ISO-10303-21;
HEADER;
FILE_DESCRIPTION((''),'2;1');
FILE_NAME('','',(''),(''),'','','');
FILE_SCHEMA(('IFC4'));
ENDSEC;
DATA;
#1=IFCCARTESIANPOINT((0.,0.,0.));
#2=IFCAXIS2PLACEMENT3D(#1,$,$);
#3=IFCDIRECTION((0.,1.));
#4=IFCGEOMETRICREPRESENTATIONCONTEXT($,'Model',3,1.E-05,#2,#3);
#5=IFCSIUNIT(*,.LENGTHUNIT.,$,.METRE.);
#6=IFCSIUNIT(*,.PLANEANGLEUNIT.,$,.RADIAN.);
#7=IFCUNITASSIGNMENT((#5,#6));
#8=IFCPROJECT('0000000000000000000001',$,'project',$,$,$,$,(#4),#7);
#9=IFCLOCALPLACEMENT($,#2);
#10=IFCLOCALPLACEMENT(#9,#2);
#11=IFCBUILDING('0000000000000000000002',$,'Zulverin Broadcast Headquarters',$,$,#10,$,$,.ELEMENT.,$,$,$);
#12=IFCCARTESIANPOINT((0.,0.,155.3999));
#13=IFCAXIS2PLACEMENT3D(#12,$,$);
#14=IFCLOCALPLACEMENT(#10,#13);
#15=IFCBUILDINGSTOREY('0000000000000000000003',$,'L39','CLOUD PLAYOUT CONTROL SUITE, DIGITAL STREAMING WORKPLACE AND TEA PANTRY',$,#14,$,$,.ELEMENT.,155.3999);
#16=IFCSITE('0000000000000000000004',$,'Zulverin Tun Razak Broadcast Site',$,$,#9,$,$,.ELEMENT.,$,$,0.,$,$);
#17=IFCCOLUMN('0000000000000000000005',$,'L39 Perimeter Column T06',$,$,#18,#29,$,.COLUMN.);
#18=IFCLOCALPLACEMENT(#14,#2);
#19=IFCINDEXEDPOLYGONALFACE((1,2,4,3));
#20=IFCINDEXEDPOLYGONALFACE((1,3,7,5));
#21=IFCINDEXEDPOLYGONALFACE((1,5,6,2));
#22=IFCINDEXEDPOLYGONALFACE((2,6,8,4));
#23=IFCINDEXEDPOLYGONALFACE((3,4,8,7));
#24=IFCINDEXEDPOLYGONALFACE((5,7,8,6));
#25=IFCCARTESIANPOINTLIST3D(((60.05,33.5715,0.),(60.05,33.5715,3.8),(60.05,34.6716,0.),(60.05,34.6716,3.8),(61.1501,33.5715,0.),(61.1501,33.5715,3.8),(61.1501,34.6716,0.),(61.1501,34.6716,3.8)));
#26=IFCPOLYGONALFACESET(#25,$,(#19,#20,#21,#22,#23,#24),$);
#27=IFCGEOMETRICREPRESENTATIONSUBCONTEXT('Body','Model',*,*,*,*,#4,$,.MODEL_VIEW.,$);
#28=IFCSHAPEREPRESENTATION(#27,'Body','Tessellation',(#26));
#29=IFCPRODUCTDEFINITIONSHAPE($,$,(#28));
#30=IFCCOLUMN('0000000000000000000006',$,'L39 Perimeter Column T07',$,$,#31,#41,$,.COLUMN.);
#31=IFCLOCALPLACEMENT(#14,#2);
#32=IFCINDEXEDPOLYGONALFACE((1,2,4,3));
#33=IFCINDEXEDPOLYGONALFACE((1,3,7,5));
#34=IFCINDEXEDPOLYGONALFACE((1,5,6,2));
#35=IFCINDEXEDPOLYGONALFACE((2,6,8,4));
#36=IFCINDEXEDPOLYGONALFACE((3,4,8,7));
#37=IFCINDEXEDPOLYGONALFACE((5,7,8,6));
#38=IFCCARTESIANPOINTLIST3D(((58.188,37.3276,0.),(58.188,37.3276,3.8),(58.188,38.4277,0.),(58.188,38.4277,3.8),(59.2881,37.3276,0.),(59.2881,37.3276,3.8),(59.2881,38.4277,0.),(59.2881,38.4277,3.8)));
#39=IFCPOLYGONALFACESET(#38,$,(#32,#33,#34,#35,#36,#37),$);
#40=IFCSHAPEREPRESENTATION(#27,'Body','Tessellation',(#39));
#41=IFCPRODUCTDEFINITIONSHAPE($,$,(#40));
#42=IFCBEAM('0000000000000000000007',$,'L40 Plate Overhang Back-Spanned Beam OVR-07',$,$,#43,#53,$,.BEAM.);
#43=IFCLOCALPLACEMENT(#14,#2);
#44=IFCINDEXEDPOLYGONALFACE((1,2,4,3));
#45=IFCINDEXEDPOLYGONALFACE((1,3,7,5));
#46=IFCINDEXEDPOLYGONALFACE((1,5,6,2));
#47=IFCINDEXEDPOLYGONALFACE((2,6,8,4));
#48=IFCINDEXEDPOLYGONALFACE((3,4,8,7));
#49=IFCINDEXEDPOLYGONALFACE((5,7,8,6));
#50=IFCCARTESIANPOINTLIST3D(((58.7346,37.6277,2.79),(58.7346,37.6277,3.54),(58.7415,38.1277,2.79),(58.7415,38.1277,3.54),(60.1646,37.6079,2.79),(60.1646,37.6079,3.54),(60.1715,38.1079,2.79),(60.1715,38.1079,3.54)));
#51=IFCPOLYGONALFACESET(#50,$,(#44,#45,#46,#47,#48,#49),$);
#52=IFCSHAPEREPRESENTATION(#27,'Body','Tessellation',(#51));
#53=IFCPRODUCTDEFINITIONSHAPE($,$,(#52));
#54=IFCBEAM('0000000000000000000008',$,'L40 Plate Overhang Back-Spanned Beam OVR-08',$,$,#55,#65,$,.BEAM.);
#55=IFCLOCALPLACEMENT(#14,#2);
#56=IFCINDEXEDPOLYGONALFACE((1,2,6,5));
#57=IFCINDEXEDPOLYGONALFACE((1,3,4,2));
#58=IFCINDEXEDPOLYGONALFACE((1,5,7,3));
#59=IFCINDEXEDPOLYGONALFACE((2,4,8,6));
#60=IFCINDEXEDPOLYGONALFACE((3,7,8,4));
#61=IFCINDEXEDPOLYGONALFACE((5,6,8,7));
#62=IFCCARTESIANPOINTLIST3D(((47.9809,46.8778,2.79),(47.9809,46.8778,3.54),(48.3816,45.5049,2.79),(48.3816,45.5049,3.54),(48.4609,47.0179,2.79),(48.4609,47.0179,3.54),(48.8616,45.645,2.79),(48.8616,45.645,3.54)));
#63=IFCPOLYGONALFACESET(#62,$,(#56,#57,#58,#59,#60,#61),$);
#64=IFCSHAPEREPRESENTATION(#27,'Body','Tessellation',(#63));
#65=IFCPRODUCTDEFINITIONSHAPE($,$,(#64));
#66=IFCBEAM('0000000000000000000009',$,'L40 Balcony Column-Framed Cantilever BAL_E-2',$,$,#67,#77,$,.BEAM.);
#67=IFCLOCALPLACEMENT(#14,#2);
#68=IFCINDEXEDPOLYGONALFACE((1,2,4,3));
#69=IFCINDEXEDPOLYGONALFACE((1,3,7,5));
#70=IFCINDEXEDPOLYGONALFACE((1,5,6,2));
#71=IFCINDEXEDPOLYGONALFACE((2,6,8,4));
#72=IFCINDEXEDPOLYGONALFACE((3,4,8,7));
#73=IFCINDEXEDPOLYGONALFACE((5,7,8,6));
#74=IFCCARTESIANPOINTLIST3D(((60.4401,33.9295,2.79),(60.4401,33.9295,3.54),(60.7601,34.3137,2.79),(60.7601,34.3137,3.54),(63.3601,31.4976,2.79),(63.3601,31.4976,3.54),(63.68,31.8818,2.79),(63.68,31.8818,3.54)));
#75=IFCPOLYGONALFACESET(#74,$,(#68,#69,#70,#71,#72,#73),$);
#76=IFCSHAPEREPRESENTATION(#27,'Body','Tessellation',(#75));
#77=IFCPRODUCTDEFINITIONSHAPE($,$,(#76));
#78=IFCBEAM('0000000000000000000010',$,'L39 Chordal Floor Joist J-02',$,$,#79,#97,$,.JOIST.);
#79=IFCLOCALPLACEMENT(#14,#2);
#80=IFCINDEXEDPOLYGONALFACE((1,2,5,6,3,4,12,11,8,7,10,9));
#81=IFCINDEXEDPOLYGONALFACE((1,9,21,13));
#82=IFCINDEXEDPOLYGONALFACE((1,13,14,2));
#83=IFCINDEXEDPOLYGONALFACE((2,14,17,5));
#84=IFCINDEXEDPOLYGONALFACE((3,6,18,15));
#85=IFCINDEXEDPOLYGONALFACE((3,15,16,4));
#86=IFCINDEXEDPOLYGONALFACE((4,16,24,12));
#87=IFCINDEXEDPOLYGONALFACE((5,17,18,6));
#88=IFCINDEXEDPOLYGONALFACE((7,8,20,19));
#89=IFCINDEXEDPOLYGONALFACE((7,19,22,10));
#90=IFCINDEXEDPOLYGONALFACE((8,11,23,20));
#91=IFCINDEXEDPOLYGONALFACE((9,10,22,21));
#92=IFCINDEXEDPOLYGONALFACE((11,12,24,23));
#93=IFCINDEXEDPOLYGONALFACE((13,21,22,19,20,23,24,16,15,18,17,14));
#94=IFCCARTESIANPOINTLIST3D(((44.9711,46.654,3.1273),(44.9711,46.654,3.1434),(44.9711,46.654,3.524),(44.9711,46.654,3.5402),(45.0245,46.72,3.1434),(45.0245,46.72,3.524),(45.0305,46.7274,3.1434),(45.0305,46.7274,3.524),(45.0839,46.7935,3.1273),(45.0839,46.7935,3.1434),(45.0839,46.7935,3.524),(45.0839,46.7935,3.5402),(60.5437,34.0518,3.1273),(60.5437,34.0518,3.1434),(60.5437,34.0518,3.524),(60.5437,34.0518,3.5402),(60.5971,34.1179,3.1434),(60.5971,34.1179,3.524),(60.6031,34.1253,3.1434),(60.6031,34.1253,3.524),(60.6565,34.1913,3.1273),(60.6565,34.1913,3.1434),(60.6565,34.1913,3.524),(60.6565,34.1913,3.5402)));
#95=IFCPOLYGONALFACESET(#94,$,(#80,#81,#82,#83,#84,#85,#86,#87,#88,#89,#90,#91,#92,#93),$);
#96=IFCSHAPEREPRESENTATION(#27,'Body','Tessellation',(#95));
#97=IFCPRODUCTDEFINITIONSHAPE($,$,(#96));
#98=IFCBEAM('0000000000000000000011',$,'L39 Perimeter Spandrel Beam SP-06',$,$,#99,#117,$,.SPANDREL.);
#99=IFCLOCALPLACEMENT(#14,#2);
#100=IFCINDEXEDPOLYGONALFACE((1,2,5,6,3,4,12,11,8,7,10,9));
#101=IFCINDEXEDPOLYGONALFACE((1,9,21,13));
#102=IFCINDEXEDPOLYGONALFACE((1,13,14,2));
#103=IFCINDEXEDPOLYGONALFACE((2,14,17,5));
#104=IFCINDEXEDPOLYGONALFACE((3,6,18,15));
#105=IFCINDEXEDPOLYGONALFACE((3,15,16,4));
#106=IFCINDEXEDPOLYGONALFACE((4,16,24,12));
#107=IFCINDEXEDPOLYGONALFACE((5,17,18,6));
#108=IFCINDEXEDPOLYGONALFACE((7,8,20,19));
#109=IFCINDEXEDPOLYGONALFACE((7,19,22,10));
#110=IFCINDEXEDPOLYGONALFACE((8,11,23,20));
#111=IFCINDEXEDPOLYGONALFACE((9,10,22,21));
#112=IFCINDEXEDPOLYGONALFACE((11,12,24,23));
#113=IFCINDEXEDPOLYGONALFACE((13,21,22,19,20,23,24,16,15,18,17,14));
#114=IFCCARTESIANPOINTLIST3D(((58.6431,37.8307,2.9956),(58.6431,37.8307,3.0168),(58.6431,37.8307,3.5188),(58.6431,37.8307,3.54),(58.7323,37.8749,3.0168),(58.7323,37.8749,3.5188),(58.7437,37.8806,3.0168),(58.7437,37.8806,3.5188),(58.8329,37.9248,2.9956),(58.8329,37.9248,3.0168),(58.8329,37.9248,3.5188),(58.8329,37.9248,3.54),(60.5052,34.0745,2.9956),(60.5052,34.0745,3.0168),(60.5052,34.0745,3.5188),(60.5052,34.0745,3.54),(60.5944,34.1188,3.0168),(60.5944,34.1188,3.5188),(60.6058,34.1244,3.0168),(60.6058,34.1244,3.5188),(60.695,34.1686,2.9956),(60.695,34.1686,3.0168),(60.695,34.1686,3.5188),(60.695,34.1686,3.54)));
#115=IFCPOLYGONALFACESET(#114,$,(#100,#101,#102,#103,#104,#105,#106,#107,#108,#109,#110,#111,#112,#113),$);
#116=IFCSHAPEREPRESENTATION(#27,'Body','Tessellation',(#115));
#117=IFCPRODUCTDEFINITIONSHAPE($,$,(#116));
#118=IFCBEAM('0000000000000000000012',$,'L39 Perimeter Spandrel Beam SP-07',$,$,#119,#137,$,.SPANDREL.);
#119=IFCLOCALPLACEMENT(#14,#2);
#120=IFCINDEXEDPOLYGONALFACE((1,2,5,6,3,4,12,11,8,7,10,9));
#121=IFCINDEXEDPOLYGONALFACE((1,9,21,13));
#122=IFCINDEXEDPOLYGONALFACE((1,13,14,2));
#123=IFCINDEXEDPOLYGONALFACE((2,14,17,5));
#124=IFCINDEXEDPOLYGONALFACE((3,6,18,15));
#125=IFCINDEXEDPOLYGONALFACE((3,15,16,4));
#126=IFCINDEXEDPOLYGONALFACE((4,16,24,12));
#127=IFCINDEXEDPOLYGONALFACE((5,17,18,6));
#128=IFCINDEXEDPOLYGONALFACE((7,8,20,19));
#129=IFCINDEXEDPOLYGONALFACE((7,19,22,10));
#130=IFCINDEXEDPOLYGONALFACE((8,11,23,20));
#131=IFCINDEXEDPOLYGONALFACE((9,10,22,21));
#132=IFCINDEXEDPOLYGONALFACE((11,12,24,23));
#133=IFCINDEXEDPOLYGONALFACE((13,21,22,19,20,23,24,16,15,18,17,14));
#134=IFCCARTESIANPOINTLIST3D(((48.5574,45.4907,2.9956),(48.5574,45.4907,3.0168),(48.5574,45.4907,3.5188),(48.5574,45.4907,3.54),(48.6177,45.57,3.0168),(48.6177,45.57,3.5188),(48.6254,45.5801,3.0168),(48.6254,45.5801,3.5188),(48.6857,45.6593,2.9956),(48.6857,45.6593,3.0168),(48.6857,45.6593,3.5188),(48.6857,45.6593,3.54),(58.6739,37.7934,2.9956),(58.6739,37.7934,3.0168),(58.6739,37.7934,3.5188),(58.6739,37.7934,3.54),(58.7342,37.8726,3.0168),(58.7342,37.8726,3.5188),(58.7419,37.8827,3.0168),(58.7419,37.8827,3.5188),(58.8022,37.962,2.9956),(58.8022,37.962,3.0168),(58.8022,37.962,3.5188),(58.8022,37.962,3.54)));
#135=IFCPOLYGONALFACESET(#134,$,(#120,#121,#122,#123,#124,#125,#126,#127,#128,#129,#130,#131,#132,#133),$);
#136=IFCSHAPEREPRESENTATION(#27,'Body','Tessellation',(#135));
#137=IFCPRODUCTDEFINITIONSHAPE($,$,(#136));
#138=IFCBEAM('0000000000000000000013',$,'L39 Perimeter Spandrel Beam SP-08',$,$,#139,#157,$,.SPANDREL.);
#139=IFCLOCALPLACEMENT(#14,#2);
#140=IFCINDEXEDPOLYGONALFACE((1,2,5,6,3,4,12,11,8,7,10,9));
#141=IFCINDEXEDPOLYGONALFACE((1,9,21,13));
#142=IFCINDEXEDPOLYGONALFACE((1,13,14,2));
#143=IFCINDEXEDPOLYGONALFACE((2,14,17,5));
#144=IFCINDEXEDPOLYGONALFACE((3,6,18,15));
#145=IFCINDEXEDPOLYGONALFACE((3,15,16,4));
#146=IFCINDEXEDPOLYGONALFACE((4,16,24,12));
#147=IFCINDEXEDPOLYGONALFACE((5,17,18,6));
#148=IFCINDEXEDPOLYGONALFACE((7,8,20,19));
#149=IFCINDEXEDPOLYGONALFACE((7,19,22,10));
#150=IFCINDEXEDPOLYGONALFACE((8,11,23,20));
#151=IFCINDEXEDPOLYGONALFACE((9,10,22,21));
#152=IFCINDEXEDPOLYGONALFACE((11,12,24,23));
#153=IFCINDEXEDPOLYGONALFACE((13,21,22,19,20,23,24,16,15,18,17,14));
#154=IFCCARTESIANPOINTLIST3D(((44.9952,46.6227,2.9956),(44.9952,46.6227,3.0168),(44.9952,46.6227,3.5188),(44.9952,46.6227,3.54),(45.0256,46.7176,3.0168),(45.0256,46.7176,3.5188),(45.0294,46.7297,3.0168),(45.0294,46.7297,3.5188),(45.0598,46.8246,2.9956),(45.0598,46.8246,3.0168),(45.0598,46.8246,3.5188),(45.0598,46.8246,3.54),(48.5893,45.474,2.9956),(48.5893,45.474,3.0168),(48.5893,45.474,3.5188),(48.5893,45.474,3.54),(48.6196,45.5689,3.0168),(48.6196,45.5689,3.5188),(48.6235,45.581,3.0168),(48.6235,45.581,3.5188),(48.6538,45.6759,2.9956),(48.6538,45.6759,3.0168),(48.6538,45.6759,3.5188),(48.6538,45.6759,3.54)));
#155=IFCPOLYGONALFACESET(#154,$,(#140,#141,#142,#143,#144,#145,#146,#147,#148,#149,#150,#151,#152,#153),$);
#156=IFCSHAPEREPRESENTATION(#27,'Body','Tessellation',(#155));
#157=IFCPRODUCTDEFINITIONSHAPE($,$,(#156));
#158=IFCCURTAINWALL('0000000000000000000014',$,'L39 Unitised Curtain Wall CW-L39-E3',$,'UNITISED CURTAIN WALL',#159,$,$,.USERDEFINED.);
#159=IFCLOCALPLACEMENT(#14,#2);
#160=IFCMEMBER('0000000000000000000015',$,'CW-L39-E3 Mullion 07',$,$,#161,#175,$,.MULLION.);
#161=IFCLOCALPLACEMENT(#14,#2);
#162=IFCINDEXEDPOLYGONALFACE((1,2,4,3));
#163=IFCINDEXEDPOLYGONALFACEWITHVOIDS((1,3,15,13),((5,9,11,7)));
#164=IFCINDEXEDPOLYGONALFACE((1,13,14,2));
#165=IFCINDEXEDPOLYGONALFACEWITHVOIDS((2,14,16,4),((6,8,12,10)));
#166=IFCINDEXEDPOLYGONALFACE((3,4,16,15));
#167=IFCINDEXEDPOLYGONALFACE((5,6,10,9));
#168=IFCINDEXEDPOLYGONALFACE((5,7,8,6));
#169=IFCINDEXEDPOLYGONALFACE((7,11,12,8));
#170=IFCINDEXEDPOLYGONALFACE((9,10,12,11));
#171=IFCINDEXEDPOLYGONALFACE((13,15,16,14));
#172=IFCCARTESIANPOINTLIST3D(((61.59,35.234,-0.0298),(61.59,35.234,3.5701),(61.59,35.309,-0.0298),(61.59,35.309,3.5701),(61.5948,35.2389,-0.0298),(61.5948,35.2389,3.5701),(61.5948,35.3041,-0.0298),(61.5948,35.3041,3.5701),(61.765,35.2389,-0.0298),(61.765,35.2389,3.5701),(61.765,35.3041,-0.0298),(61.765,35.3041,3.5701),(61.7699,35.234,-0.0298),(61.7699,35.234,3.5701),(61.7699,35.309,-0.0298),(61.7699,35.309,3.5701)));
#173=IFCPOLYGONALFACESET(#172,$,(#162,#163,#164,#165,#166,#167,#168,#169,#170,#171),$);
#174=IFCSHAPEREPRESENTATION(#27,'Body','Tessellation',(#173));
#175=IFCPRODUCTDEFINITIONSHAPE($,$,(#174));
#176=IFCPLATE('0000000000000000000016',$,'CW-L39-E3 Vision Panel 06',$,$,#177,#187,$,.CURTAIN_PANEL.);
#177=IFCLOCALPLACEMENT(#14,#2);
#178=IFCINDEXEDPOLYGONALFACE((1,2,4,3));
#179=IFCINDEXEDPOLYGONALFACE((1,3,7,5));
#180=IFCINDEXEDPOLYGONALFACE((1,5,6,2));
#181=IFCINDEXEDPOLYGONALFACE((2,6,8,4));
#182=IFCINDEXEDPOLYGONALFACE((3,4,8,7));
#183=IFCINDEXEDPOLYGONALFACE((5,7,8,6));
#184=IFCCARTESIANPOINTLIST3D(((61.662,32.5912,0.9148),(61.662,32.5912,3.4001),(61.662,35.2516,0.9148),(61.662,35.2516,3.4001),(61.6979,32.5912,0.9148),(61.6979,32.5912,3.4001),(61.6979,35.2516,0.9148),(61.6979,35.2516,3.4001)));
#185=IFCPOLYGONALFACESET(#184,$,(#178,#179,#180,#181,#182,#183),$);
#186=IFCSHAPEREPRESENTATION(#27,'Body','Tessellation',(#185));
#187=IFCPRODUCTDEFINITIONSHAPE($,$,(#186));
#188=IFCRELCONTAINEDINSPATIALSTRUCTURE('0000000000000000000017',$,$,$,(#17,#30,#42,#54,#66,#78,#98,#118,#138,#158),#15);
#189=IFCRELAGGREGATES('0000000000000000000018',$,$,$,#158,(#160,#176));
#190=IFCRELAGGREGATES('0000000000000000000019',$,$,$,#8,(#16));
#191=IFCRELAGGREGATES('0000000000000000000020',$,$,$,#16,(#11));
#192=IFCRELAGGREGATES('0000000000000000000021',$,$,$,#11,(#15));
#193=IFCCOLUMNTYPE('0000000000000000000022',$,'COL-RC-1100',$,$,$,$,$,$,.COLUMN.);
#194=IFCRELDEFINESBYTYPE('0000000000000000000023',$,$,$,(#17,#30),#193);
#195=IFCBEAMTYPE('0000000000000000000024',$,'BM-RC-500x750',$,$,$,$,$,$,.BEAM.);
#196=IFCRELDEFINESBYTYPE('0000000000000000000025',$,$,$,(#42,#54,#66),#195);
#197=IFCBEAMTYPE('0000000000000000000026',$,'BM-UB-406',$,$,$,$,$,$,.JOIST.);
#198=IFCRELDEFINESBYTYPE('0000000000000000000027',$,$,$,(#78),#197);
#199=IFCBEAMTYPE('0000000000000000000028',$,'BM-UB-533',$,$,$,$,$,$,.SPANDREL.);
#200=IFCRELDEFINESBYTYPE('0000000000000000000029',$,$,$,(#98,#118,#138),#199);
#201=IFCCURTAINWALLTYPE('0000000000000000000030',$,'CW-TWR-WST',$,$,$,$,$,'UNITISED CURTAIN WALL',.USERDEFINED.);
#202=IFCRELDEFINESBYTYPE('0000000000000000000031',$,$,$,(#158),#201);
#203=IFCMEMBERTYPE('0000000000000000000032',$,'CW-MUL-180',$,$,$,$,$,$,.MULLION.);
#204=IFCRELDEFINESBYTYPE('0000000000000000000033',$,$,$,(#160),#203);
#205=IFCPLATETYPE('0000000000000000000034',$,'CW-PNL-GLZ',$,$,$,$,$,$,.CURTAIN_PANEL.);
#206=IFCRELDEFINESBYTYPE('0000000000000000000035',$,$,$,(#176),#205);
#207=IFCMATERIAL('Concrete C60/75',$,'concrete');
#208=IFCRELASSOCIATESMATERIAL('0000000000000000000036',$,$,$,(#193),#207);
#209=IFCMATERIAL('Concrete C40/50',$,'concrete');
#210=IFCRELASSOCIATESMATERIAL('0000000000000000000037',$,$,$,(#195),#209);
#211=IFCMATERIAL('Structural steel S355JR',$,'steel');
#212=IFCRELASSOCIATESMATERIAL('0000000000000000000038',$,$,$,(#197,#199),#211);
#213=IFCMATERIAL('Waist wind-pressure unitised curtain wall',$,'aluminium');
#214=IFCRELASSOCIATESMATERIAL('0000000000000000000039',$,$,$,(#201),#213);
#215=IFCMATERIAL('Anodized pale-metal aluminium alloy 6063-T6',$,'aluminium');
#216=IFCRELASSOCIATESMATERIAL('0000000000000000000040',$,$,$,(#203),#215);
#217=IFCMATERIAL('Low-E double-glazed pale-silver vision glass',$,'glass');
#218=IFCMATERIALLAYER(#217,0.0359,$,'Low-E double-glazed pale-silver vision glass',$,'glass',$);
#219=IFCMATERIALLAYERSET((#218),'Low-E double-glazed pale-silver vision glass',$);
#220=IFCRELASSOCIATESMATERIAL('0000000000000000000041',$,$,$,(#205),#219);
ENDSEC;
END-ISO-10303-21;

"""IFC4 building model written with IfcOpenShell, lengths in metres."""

from ifc_helpers import new_model, si_unit, direction, frame, origin, origin_2d, place, context, subcontext, project, spatial, rectangle, hollow_rectangle, i_section, extrude, material, layer, layer_set, material_profile, profile_set, type_object, element, aggregate, save


model = new_model("IFC4")

# Units and contexts
model_context = context("Model", 3, precision=1e-05, world=origin(), true_north=direction((0.0, 1.0)))
body_context = subcontext(model_context, "Body", "Model", "MODEL_VIEW")
ifc_project = project(units=[si_unit("LENGTHUNIT", "METRE"), si_unit("PLANEANGLEUNIT", "RADIAN")], contexts=[model_context])

# Site, building, storey
site_placement = place(None, origin())
site = spatial("IfcSite", under=ifc_project, at=site_placement, Name="Zulverin Tun Razak Broadcast Site", CompositionType="ELEMENT", RefElevation=0.0)
building_placement = place(site_placement, origin())
building = spatial("IfcBuilding", under=site, at=building_placement, Name="Zulverin Broadcast Headquarters", CompositionType="ELEMENT")
storey_placement = place(building_placement, frame((0.0, 0.0, 155.3999)))
storey = spatial("IfcBuildingStorey", under=building, at=storey_placement, Name="L39", Description="CLOUD PLAYOUT CONTROL SUITE, DIGITAL STREAMING WORKPLACE AND TEA PANTRY", CompositionType="ELEMENT", Elevation=155.3999)

# Columns
ifc_material_1 = material(Name="Concrete C60/75", Category="concrete")
ifc_material_profile_1 = material_profile(ifc_material_1, rectangle(XDim=1.1001, YDim=1.1001, at=origin_2d()), Name="Concrete C60/75", Category="concrete")
ifc_profile_set_1 = profile_set([ifc_material_profile_1], Name="Concrete C60/75")
column_type = type_object("IfcColumnType", Name="COL-RC-1100", PredefinedType="COLUMN", material=ifc_profile_set_1)
for number, where, z_axis, x_axis, name in (
    (1, (60.6001, 34.1216, 0.0), (0.0, 0.0, 1.0), (1.0, 0.0, 0.0), "L39 Perimeter Column T06"),
    (2, (58.738, 37.8777, 0.0), (0.0, 0.0, 1.0), (1.0, 0.0, 0.0), "L39 Perimeter Column T07"),
):
    element("IfcColumn", number, at=place(storey_placement, frame(where, z_axis=z_axis, x_axis=x_axis)), inside=storey, type_object=column_type, Name=name, PredefinedType="COLUMN", context=body_context, shape_type="SweptSolid", body=[
        extrude(rectangle(XDim=1.1001, YDim=1.1001, at=origin_2d()), origin(), (0.0, 0.0, 1.0), 3.8),
    ])

# Beams
ifc_material_2 = material(Name="Concrete C40/50", Category="concrete")
ifc_material_profile_2 = material_profile(ifc_material_2, rectangle(XDim=0.5, YDim=0.75, at=origin_2d()), Name="Concrete C40/50", Category="concrete")
ifc_profile_set_2 = profile_set([ifc_material_profile_2], Name="Concrete C40/50")
beam_type_1 = type_object("IfcBeamType", Name="BM-RC-500x750", PredefinedType="BEAM", material=ifc_profile_set_2)
for number, where, z_axis, x_axis, name in (
    (3, (58.738, 37.8777, 3.165), (0.999904, -0.013828, 0.0), (0.013828, 0.999904, 0.0), "L40 Plate Overhang Back-Spanned Beam OVR-07"),
    (4, (48.6216, 45.575, 3.165), (-0.280151, 0.959956, 0.0), (-0.959956, -0.280151, 0.0), "L40 Plate Overhang Back-Spanned Beam OVR-08"),
):
    element("IfcBeam", number, at=place(storey_placement, frame(where, z_axis=z_axis, x_axis=x_axis)), inside=storey, type_object=beam_type_1, Name=name, PredefinedType="BEAM", context=body_context, shape_type="SweptSolid", body=[
        extrude(rectangle(XDim=0.5, YDim=0.75, at=origin_2d()), origin(), (0.0, 0.0, 1.0), 1.4302),
    ])
beam_1_placement = place(storey_placement, frame((60.6001, 34.1216, 3.165), z_axis=(0.7684, -0.63997, 0.0), x_axis=(0.63997, 0.7684, 0.0)))
element("IfcBeam", 5, at=beam_1_placement, inside=storey, type_object=beam_type_1, Name="L40 Balcony Column-Framed Cantilever BAL_E-2", PredefinedType="BEAM", context=body_context, shape_type="SweptSolid", body=[
    extrude(rectangle(XDim=0.5, YDim=0.75, at=origin_2d()), origin(), (0.0, 0.0, 1.0), 3.8),
])
ifc_material_3 = material(Name="Structural steel S355JR", Category="steel")
ifc_material_profile_3 = material_profile(ifc_material_3, i_section(OverallWidth=0.1794, OverallDepth=0.4128, WebThickness=0.0095, FlangeThickness=0.0161, at=origin_2d()), Name="Structural steel S355JR", Category="steel")
ifc_profile_set_3 = profile_set([ifc_material_profile_3], Name="Structural steel S355JR")
beam_type_2 = type_object("IfcBeamType", Name="BM-UB-406", PredefinedType="JOIST", material=ifc_profile_set_3)
beam_2_placement = place(storey_placement, frame((60.6001, 34.1216, 3.3337), z_axis=(-0.777349, 0.62907, 0.0), x_axis=(-0.62907, -0.777349, 0.0)))
element("IfcBeam", 6, at=beam_2_placement, inside=storey, type_object=beam_type_2, Name="L39 Chordal Floor Joist J-02", PredefinedType="JOIST", context=body_context, shape_type="SweptSolid", body=[
    extrude(i_section(OverallWidth=0.1794, OverallDepth=0.4128, WebThickness=0.0095, FlangeThickness=0.0161, at=origin_2d()), origin(), (0.0, 0.0, 1.0), 20.033),
])
ifc_material_profile_4 = material_profile(ifc_material_3, i_section(OverallWidth=0.2119, OverallDepth=0.5444, WebThickness=0.0127, FlangeThickness=0.0212, at=origin_2d()), Name="Structural steel S355JR", Category="steel")
ifc_profile_set_4 = profile_set([ifc_material_profile_4], Name="Structural steel S355JR")
beam_type_3 = type_object("IfcBeamType", Name="BM-UB-533", PredefinedType="SPANDREL", material=ifc_profile_set_4)
beam_3_placement = place(storey_placement, frame((60.6001, 34.1216, 3.2678), z_axis=(-0.444159, 0.895948, 0.0), x_axis=(-0.895948, -0.444159, 0.0)))
element("IfcBeam", 7, at=beam_3_placement, inside=storey, type_object=beam_type_3, Name="L39 Perimeter Spandrel Beam SP-06", PredefinedType="SPANDREL", context=body_context, shape_type="SweptSolid", body=[
    extrude(i_section(OverallWidth=0.2119, OverallDepth=0.5444, WebThickness=0.0127, FlangeThickness=0.0212, at=origin_2d()), origin(), (0.0, 0.0, 1.0), 4.1924),
])
beam_4_placement = place(storey_placement, frame((58.738, 37.8777, 3.2678), z_axis=(-0.79583, 0.60552, 0.0), x_axis=(-0.60552, -0.79583, 0.0)))
element("IfcBeam", 8, at=beam_4_placement, inside=storey, type_object=beam_type_3, Name="L39 Perimeter Spandrel Beam SP-07", PredefinedType="SPANDREL", context=body_context, shape_type="SweptSolid", body=[
    extrude(i_section(OverallWidth=0.2119, OverallDepth=0.5444, WebThickness=0.0127, FlangeThickness=0.0212, at=origin_2d()), origin(), (0.0, 0.0, 1.0), 12.7119),
])
beam_5_placement = place(storey_placement, frame((48.6216, 45.575, 3.2678), z_axis=(-0.952532, 0.30444, 0.0), x_axis=(-0.30444, -0.952532, 0.0)))
element("IfcBeam", 9, at=beam_5_placement, inside=storey, type_object=beam_type_3, Name="L39 Perimeter Spandrel Beam SP-08", PredefinedType="SPANDREL", context=body_context, shape_type="SweptSolid", body=[
    extrude(i_section(OverallWidth=0.2119, OverallDepth=0.5444, WebThickness=0.0127, FlangeThickness=0.0212, at=origin_2d()), origin(), (0.0, 0.0, 1.0), 3.7732),
])

# Curtain wall, member, plate
ifc_material_4 = material(Name="Waist wind-pressure unitised curtain wall", Category="aluminium")
curtain_wall_type = type_object("IfcCurtainWallType", Name="CW-TWR-WST", ElementType="UNITISED CURTAIN WALL", PredefinedType="USERDEFINED", material=ifc_material_4)
curtain_wall_placement = place(storey_placement, origin())
curtain_wall = element("IfcCurtainWall", 10, at=curtain_wall_placement, inside=storey, type_object=curtain_wall_type, Name="L39 Unitised Curtain Wall CW-L39-E3", ObjectType="UNITISED CURTAIN WALL", PredefinedType="USERDEFINED")
ifc_material_5 = material(Name="Anodized pale-metal aluminium alloy 6063-T6", Category="aluminium")
ifc_material_profile_5 = material_profile(ifc_material_5, hollow_rectangle(XDim=0.075, YDim=0.1799, WallThickness=0.0049, at=origin_2d()), Name="Anodized pale-metal aluminium alloy 6063-T6", Category="aluminium")
ifc_profile_set_5 = profile_set([ifc_material_profile_5], Name="Anodized pale-metal aluminium alloy 6063-T6")
member_type = type_object("IfcMemberType", Name="CW-MUL-180", PredefinedType="MULLION", material=ifc_profile_set_5)
member_placement = place(storey_placement, frame((61.6799, 35.2715, -0.0298), z_axis=(0.0, 0.0, 1.0), x_axis=(0.0, 1.0, 0.0)))
member = element("IfcMember", 11, at=member_placement, type_object=member_type, Name="CW-L39-E3 Mullion 07", PredefinedType="MULLION", context=body_context, shape_type="SweptSolid", body=[
    extrude(hollow_rectangle(XDim=0.075, YDim=0.1799, WallThickness=0.0049, at=origin_2d()), origin(), (0.0, 0.0, 1.0), 3.5999),
])
ifc_material_6 = material(Name="Low-E double-glazed pale-silver vision glass", Category="glass")
ifc_layer_1 = layer(ifc_material_6, 0.0359, Name="Low-E double-glazed pale-silver vision glass", Category="glass")
ifc_layer_set_1 = layer_set([ifc_layer_1], Name="Low-E double-glazed pale-silver vision glass")
plate_type_1 = type_object("IfcPlateType", Name="CW-PNL-GLZ", PredefinedType="CURTAIN_PANEL", material=ifc_layer_set_1)
plate_1_placement = place(storey_placement, frame((61.6799, 33.9214, 0.9148), z_axis=(0.0, 0.0, 1.0), x_axis=(0.0, 1.0, 0.0)))
plate_1 = element("IfcPlate", 12, at=plate_1_placement, type_object=plate_type_1, Name="CW-L39-E3 Vision Panel 06", PredefinedType="CURTAIN_PANEL", context=body_context, shape_type="SweptSolid", body=[
    extrude(rectangle(XDim=2.6604, YDim=0.0359, at=origin_2d()), origin(), (0.0, 0.0, 1.0), 2.4854),
])
aggregate(curtain_wall, [member, plate_1])

save(model, "model.ifc")
